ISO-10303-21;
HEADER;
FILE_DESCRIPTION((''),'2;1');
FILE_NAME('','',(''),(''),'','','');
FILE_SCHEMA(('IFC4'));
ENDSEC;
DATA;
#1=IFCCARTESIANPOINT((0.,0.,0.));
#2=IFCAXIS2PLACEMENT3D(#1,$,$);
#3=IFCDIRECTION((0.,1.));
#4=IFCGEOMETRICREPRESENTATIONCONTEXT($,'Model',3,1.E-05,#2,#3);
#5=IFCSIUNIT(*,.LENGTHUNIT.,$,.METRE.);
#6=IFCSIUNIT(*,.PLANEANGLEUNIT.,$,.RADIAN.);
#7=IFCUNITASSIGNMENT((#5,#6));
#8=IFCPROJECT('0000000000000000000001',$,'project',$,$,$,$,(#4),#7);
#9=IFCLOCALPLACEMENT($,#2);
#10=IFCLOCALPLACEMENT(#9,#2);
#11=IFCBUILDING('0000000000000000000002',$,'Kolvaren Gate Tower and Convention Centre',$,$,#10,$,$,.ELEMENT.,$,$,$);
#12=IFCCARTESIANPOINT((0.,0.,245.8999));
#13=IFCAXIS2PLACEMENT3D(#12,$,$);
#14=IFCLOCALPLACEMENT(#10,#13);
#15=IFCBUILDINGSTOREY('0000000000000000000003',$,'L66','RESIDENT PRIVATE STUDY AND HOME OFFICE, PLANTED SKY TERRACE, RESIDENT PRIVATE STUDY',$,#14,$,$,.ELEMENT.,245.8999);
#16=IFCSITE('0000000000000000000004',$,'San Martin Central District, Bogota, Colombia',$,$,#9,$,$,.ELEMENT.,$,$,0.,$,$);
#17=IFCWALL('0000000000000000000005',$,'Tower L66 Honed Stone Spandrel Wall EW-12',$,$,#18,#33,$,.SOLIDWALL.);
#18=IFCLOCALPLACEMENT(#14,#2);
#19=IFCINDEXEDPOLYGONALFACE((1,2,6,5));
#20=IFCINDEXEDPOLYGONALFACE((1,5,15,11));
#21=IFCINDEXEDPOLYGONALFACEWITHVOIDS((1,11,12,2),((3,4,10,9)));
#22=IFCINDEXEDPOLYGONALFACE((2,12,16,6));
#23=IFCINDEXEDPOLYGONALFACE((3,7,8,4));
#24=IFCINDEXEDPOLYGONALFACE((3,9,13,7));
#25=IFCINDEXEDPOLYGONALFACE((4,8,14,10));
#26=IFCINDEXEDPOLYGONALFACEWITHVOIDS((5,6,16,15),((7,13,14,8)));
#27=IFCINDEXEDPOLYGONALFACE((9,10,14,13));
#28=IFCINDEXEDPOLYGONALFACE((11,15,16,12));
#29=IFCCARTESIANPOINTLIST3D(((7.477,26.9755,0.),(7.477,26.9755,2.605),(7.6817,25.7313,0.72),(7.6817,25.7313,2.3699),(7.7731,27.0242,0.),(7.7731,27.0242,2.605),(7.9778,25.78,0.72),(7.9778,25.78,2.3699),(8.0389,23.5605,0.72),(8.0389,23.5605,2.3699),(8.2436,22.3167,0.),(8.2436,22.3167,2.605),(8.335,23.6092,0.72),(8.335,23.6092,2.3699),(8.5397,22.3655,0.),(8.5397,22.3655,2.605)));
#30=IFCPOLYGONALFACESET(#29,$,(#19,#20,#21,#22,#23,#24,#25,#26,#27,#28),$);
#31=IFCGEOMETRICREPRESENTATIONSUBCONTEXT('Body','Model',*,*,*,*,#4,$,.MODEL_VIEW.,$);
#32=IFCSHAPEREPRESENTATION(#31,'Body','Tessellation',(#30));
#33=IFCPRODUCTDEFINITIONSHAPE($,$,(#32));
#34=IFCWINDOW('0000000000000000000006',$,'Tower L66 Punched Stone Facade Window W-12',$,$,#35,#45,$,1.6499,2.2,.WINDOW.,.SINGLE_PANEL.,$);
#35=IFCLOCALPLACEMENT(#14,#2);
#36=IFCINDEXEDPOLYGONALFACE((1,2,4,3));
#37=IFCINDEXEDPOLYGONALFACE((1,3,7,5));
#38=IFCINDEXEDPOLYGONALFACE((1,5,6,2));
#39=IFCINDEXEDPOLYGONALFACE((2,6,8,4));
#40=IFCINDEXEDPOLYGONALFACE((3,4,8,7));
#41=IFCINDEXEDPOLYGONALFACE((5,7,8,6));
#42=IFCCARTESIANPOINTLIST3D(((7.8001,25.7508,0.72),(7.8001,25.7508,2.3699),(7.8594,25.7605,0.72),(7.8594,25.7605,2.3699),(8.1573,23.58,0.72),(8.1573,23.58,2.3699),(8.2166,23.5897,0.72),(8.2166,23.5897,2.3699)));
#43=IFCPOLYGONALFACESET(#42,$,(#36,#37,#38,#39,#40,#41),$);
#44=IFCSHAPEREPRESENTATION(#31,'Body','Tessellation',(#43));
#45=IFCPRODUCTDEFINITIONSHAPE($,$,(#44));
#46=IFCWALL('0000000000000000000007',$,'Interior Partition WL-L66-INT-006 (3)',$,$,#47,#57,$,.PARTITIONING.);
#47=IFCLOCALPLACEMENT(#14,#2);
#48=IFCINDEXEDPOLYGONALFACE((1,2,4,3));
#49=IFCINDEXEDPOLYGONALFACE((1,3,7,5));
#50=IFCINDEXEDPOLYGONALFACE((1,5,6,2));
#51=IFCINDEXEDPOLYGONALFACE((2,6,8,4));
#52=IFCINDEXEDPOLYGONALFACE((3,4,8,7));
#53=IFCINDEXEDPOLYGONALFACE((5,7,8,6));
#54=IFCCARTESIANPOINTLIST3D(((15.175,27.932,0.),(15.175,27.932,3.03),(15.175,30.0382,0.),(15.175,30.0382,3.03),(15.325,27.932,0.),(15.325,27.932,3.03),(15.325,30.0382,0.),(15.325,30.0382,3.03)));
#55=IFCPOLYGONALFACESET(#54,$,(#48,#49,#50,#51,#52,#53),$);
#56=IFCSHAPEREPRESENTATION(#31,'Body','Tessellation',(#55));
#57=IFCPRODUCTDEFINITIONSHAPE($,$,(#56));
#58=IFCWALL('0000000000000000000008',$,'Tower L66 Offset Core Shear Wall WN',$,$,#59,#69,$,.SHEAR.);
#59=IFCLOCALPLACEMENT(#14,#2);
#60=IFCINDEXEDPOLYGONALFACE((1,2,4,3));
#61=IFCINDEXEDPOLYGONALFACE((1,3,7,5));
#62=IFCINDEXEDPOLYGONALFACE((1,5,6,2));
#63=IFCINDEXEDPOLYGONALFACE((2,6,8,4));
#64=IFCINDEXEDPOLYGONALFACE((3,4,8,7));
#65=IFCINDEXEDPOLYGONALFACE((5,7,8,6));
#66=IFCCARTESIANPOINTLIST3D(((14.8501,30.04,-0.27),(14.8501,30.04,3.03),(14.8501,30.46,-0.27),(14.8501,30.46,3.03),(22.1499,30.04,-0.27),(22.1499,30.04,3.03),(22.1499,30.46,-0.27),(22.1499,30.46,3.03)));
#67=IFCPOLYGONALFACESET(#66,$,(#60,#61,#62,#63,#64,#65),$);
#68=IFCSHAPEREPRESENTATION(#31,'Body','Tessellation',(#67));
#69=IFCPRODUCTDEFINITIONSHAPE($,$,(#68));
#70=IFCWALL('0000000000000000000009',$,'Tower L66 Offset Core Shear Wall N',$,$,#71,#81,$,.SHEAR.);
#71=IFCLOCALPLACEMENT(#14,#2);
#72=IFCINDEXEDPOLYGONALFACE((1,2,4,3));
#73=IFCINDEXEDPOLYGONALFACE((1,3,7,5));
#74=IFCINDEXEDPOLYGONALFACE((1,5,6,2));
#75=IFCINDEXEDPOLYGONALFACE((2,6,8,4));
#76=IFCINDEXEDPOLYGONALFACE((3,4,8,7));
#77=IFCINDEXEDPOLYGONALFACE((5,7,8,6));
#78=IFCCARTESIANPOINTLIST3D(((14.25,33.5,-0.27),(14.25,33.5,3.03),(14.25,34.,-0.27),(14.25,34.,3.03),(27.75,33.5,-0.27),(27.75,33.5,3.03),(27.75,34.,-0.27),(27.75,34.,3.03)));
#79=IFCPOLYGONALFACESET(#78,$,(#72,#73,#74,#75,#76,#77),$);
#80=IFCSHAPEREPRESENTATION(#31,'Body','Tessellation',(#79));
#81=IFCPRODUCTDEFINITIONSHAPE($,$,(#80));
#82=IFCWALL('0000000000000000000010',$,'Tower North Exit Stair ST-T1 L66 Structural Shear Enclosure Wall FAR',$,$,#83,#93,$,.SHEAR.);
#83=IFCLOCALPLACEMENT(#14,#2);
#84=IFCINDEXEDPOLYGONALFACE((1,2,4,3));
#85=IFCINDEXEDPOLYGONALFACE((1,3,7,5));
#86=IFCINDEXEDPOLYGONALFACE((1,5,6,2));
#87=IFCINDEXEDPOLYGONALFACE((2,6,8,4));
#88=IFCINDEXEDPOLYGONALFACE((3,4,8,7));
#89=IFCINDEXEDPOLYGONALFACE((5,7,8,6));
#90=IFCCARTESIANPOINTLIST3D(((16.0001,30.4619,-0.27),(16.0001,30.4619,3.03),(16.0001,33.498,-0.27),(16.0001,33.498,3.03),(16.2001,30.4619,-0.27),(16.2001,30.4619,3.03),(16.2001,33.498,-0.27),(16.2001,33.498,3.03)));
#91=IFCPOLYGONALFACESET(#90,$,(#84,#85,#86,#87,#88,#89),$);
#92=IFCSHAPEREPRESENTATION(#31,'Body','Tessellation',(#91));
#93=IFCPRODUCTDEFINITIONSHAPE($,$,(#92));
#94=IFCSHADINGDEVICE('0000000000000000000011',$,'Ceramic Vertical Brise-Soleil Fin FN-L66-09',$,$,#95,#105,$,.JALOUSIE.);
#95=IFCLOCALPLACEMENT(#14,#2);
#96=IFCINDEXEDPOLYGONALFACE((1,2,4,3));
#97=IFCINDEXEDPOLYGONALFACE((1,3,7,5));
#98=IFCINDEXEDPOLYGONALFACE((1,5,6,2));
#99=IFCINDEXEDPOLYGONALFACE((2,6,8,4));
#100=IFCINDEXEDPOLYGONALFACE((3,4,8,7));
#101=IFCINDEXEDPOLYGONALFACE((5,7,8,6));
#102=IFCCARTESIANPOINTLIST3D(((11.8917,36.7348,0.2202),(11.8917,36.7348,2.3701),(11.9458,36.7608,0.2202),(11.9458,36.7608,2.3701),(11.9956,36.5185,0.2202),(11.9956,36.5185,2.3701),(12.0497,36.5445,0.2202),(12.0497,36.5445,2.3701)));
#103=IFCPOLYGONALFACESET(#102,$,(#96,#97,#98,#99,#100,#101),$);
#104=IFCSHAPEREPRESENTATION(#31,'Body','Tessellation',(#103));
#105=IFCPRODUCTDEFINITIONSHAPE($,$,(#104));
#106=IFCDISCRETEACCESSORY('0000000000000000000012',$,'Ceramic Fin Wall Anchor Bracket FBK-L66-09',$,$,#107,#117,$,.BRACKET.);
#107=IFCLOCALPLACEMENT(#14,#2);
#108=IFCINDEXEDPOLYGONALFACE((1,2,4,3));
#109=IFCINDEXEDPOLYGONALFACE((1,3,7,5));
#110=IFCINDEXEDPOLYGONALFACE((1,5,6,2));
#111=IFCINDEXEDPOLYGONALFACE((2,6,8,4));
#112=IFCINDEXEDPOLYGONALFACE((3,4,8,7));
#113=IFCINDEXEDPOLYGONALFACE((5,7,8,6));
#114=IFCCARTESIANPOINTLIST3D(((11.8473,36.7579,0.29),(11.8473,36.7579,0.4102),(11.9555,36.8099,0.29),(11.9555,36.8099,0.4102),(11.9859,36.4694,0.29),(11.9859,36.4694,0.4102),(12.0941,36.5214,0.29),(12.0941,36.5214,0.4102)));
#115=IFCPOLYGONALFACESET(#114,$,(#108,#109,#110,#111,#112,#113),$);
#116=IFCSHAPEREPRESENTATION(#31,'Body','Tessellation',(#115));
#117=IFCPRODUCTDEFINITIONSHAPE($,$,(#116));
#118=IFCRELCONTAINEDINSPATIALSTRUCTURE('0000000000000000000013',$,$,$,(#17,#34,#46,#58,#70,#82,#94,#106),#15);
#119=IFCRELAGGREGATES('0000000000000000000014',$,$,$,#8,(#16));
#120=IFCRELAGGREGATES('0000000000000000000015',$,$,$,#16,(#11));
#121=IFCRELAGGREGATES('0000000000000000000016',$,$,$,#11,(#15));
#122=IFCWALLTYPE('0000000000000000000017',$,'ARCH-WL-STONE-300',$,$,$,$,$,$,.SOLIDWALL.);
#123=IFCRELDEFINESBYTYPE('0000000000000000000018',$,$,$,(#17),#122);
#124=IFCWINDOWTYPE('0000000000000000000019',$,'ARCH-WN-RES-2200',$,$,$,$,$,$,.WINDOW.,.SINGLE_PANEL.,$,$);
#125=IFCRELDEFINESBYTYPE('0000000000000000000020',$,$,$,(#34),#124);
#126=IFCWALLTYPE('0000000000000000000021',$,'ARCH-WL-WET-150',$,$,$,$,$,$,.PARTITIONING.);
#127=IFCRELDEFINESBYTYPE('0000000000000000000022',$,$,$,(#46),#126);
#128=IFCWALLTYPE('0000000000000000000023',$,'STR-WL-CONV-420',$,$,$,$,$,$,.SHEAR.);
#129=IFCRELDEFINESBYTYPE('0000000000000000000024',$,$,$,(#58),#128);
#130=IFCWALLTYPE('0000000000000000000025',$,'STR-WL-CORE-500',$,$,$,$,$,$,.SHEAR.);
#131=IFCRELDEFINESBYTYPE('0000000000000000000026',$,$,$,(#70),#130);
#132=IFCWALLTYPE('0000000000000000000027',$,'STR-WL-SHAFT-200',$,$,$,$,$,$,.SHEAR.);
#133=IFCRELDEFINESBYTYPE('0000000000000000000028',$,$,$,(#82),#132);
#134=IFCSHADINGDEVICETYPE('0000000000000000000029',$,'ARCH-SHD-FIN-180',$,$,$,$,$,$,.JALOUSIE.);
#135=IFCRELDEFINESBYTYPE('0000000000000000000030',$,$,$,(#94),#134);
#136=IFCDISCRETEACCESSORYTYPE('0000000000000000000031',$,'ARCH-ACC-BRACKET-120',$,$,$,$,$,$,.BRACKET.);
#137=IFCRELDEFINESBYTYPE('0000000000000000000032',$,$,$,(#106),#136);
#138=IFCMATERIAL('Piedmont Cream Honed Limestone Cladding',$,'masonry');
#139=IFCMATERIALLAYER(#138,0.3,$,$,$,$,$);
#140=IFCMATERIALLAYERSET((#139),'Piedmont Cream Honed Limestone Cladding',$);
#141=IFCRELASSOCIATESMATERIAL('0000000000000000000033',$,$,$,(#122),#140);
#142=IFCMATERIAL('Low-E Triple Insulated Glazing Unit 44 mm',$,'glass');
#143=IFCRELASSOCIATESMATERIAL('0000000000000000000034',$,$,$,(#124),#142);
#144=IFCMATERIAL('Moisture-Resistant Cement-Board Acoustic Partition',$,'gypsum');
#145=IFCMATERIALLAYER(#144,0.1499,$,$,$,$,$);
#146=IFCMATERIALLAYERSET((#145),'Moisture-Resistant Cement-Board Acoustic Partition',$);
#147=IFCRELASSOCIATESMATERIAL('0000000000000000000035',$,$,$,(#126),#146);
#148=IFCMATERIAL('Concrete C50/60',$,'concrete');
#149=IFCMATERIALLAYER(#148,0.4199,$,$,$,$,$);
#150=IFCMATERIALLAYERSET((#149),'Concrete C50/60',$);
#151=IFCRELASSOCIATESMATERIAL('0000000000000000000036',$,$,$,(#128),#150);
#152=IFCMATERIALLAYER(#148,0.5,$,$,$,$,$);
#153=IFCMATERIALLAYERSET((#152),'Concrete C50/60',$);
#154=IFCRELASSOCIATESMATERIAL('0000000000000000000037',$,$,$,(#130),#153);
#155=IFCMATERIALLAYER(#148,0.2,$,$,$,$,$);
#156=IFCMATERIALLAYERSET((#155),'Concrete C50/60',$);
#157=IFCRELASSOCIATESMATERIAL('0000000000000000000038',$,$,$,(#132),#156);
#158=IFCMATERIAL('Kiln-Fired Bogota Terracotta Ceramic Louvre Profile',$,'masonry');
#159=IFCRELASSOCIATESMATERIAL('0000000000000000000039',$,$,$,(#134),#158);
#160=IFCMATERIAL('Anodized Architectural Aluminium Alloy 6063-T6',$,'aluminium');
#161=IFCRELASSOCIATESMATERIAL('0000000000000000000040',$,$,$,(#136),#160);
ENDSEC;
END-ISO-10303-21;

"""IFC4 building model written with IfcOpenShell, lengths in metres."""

from ifc_helpers import new_model, si_unit, direction, frame, frame_2d, origin, origin_2d, place, context, subcontext, project, spatial, rectangle, extrude, material, layer, layer_set, type_object, element, fill, save


model = new_model("IFC4")

# Units and contexts
model_context = context("Model", 3, precision=1e-05, world=origin(), true_north=direction((0.0, 1.0)))
body_context = subcontext(model_context, "Body", "Model", "MODEL_VIEW")
ifc_project = project(units=[si_unit("LENGTHUNIT", "METRE"), si_unit("PLANEANGLEUNIT", "RADIAN")], contexts=[model_context])

# Site, building, storey
site_placement = place(None, origin())
site = spatial("IfcSite", under=ifc_project, at=site_placement, Name="San Martin Central District, Bogota, Colombia", CompositionType="ELEMENT", RefElevation=0.0)
building_placement = place(site_placement, origin())
building = spatial("IfcBuilding", under=site, at=building_placement, Name="Kolvaren Gate Tower and Convention Centre", CompositionType="ELEMENT")
storey_placement = place(building_placement, frame((0.0, 0.0, 245.8999)))
storey = spatial("IfcBuildingStorey", under=building, at=storey_placement, Name="L66", Description="RESIDENT PRIVATE STUDY AND HOME OFFICE, PLANTED SKY TERRACE, RESIDENT PRIVATE STUDY", CompositionType="ELEMENT", Elevation=245.8999)

# Shared definitions
ifc_material_1 = material(Name="Piedmont Cream Honed Limestone Cladding", Category="masonry")

# Shared definitions
ifc_layer_1 = layer(ifc_material_1, 0.3)
ifc_layer_set_1 = layer_set([ifc_layer_1], Name="Piedmont Cream Honed Limestone Cladding")
wall_type_1 = type_object("IfcWallType", Name="ARCH-WL-STONE-300", PredefinedType="SOLIDWALL", material=ifc_layer_set_1)
ifc_material_2 = material(Name="Low-E Triple Insulated Glazing Unit 44 mm", Category="glass")
window_type = type_object("IfcWindowType", Name="ARCH-WN-RES-2200", PartitioningType="SINGLE_PANEL", PredefinedType="WINDOW", material=ifc_material_2)

# Shared definitions
ifc_material_3 = material(Name="Anodized Architectural Aluminium Alloy 6063-T6", Category="aluminium")

# Wall, opening, window
wall_1_placement = place(storey_placement, frame((7.625, 27.0, 0.0), z_axis=(0.0, 0.0, 1.0), x_axis=(0.162369, -0.98673, 0.0)))
wall_1 = element("IfcWall", 1, at=wall_1_placement, inside=storey, type_object=wall_type_1, Name="Tower L66 Honed Stone Spandrel Wall EW-12", PredefinedType="SOLIDWALL", context=body_context, shape_type="SweptSolid", body=[
    extrude(rectangle(XDim=4.7214, YDim=0.3, at=frame_2d((2.3608, 0.0))), origin(), (0.0, 0.0, 1.0), 2.605),
])
opening_1_placement = place(wall_1_placement, frame((1.261, 0.0, 0.72)))
opening_1 = element("IfcOpeningElement", 2, at=opening_1_placement, cuts=wall_1, PredefinedType="OPENING", context=body_context, shape_type="SweptSolid", body=[
    extrude(rectangle(XDim=2.2, YDim=1.6499, at=frame_2d((1.1001, 0.825))), frame((0.0, 0.1599, 0.0), z_axis=(0.0, -1.0, 0.0), x_axis=(1.0, 0.0, 0.0)), (0.0, 0.0, 1.0), 0.3201),
])
window_1_placement = place(opening_1_placement, origin())
window_1 = element("IfcWindow", 3, at=window_1_placement, inside=storey, type_object=window_type, Name="Tower L66 Punched Stone Facade Window W-12", OverallHeight=1.6499, OverallWidth=2.2, PartitioningType="SINGLE_PANEL", PredefinedType="WINDOW", context=body_context, shape_type="SweptSolid", body=[
    extrude(rectangle(XDim=2.2, YDim=1.6499, at=frame_2d((1.1001, 0.825))), frame((0.0, 0.03, 0.0), z_axis=(0.0, -1.0, 0.0), x_axis=(1.0, 0.0, 0.0)), (0.0, 0.0, 1.0), 0.0601),
])
fill(opening_1, window_1)

# Walls
ifc_material_4 = material(Name="Moisture-Resistant Cement-Board Acoustic Partition", Category="gypsum")
ifc_layer_2 = layer(ifc_material_4, 0.1499)
ifc_layer_set_2 = layer_set([ifc_layer_2], Name="Moisture-Resistant Cement-Board Acoustic Partition")
wall_type_2 = type_object("IfcWallType", Name="ARCH-WL-WET-150", PredefinedType="PARTITIONING", material=ifc_layer_set_2)
wall_2_placement = place(storey_placement, frame((15.25, 27.9319, 0.0), z_axis=(0.0, 0.0, 1.0), x_axis=(0.0, 1.0, 0.0)))
element("IfcWall", 4, at=wall_2_placement, inside=storey, type_object=wall_type_2, Name="Interior Partition WL-L66-INT-006 (3)", PredefinedType="PARTITIONING", context=body_context, shape_type="SweptSolid", body=[
    extrude(rectangle(XDim=2.1062, YDim=0.1499, at=frame_2d((1.0532, 0.0))), origin(), (0.0, 0.0, 1.0), 3.03),
])
ifc_material_5 = material(Name="Concrete C50/60", Category="concrete")
ifc_layer_3 = layer(ifc_material_5, 0.4199)
ifc_layer_set_3 = layer_set([ifc_layer_3], Name="Concrete C50/60")
wall_type_3 = type_object("IfcWallType", Name="STR-WL-CONV-420", PredefinedType="SHEAR", material=ifc_layer_set_3)
wall_3_placement = place(storey_placement, frame((14.8501, 30.25, -0.27), z_axis=(0.0, 0.0, 1.0), x_axis=(1.0, 0.0, 0.0)))
element("IfcWall", 5, at=wall_3_placement, inside=storey, type_object=wall_type_3, Name="Tower L66 Offset Core Shear Wall WN", PredefinedType="SHEAR", context=body_context, shape_type="SweptSolid", body=[
    extrude(rectangle(XDim=7.2998, YDim=0.4199, at=frame_2d((3.6499, 0.0))), origin(), (0.0, 0.0, 1.0), 3.3),
])
ifc_layer_4 = layer(ifc_material_5, 0.5)
ifc_layer_set_4 = layer_set([ifc_layer_4], Name="Concrete C50/60")
wall_type_4 = type_object("IfcWallType", Name="STR-WL-CORE-500", PredefinedType="SHEAR", material=ifc_layer_set_4)
wall_4_placement = place(storey_placement, frame((14.25, 33.75, -0.27), z_axis=(0.0, 0.0, 1.0), x_axis=(1.0, 0.0, 0.0)))
element("IfcWall", 6, at=wall_4_placement, inside=storey, type_object=wall_type_4, Name="Tower L66 Offset Core Shear Wall N", PredefinedType="SHEAR", context=body_context, shape_type="SweptSolid", body=[
    extrude(rectangle(XDim=13.5, YDim=0.5, at=frame_2d((6.75, 0.0))), origin(), (0.0, 0.0, 1.0), 3.3),
])
ifc_layer_5 = layer(ifc_material_5, 0.2)
ifc_layer_set_5 = layer_set([ifc_layer_5], Name="Concrete C50/60")
wall_type_5 = type_object("IfcWallType", Name="STR-WL-SHAFT-200", PredefinedType="SHEAR", material=ifc_layer_set_5)
wall_5_placement = place(storey_placement, frame((16.1001, 30.4619, -0.27), z_axis=(0.0, 0.0, 1.0), x_axis=(0.0, 1.0, 0.0)))
element("IfcWall", 7, at=wall_5_placement, inside=storey, type_object=wall_type_5, Name="Tower North Exit Stair ST-T1 L66 Structural Shear Enclosure Wall FAR", PredefinedType="SHEAR", context=body_context, shape_type="SweptSolid", body=[
    extrude(rectangle(XDim=3.0361, YDim=0.2, at=frame_2d((1.5181, 0.0))), origin(), (0.0, 0.0, 1.0), 3.3),
])

# Shading device
ifc_material_6 = material(Name="Kiln-Fired Bogota Terracotta Ceramic Louvre Profile", Category="masonry")
shading_device_type = type_object("IfcShadingDeviceType", Name="ARCH-SHD-FIN-180", PredefinedType="JALOUSIE", material=ifc_material_6)
shading_device_placement = place(storey_placement, frame((11.9707, 36.6396, 0.2202), z_axis=(0.0, 0.0, 1.0), x_axis=(0.901358, 0.433076, 0.0)))
element("IfcShadingDevice", 8, at=shading_device_placement, inside=storey, type_object=shading_device_type, Name="Ceramic Vertical Brise-Soleil Fin FN-L66-09", PredefinedType="JALOUSIE", context=body_context, shape_type="SweptSolid", body=[
    extrude(rectangle(XDim=0.0601, YDim=0.24, at=origin_2d()), origin(), (0.0, 0.0, 1.0), 2.1499),
])

# Discrete accessory
discrete_accessory_type = type_object("IfcDiscreteAccessoryType", Name="ARCH-ACC-BRACKET-120", PredefinedType="BRACKET", material=ifc_material_3)
discrete_accessory_placement = place(storey_placement, frame((11.9707, 36.6396, 0.29), z_axis=(0.0, 0.0, 1.0), x_axis=(0.901358, 0.433076, 0.0)))
element("IfcDiscreteAccessory", 9, at=discrete_accessory_placement, inside=storey, type_object=discrete_accessory_type, Name="Ceramic Fin Wall Anchor Bracket FBK-L66-09", PredefinedType="BRACKET", context=body_context, shape_type="SweptSolid", body=[
    extrude(rectangle(XDim=0.1201, YDim=0.3201, at=origin_2d()), origin(), (0.0, 0.0, 1.0), 0.1201),
])

save(model, "model.ifc")
